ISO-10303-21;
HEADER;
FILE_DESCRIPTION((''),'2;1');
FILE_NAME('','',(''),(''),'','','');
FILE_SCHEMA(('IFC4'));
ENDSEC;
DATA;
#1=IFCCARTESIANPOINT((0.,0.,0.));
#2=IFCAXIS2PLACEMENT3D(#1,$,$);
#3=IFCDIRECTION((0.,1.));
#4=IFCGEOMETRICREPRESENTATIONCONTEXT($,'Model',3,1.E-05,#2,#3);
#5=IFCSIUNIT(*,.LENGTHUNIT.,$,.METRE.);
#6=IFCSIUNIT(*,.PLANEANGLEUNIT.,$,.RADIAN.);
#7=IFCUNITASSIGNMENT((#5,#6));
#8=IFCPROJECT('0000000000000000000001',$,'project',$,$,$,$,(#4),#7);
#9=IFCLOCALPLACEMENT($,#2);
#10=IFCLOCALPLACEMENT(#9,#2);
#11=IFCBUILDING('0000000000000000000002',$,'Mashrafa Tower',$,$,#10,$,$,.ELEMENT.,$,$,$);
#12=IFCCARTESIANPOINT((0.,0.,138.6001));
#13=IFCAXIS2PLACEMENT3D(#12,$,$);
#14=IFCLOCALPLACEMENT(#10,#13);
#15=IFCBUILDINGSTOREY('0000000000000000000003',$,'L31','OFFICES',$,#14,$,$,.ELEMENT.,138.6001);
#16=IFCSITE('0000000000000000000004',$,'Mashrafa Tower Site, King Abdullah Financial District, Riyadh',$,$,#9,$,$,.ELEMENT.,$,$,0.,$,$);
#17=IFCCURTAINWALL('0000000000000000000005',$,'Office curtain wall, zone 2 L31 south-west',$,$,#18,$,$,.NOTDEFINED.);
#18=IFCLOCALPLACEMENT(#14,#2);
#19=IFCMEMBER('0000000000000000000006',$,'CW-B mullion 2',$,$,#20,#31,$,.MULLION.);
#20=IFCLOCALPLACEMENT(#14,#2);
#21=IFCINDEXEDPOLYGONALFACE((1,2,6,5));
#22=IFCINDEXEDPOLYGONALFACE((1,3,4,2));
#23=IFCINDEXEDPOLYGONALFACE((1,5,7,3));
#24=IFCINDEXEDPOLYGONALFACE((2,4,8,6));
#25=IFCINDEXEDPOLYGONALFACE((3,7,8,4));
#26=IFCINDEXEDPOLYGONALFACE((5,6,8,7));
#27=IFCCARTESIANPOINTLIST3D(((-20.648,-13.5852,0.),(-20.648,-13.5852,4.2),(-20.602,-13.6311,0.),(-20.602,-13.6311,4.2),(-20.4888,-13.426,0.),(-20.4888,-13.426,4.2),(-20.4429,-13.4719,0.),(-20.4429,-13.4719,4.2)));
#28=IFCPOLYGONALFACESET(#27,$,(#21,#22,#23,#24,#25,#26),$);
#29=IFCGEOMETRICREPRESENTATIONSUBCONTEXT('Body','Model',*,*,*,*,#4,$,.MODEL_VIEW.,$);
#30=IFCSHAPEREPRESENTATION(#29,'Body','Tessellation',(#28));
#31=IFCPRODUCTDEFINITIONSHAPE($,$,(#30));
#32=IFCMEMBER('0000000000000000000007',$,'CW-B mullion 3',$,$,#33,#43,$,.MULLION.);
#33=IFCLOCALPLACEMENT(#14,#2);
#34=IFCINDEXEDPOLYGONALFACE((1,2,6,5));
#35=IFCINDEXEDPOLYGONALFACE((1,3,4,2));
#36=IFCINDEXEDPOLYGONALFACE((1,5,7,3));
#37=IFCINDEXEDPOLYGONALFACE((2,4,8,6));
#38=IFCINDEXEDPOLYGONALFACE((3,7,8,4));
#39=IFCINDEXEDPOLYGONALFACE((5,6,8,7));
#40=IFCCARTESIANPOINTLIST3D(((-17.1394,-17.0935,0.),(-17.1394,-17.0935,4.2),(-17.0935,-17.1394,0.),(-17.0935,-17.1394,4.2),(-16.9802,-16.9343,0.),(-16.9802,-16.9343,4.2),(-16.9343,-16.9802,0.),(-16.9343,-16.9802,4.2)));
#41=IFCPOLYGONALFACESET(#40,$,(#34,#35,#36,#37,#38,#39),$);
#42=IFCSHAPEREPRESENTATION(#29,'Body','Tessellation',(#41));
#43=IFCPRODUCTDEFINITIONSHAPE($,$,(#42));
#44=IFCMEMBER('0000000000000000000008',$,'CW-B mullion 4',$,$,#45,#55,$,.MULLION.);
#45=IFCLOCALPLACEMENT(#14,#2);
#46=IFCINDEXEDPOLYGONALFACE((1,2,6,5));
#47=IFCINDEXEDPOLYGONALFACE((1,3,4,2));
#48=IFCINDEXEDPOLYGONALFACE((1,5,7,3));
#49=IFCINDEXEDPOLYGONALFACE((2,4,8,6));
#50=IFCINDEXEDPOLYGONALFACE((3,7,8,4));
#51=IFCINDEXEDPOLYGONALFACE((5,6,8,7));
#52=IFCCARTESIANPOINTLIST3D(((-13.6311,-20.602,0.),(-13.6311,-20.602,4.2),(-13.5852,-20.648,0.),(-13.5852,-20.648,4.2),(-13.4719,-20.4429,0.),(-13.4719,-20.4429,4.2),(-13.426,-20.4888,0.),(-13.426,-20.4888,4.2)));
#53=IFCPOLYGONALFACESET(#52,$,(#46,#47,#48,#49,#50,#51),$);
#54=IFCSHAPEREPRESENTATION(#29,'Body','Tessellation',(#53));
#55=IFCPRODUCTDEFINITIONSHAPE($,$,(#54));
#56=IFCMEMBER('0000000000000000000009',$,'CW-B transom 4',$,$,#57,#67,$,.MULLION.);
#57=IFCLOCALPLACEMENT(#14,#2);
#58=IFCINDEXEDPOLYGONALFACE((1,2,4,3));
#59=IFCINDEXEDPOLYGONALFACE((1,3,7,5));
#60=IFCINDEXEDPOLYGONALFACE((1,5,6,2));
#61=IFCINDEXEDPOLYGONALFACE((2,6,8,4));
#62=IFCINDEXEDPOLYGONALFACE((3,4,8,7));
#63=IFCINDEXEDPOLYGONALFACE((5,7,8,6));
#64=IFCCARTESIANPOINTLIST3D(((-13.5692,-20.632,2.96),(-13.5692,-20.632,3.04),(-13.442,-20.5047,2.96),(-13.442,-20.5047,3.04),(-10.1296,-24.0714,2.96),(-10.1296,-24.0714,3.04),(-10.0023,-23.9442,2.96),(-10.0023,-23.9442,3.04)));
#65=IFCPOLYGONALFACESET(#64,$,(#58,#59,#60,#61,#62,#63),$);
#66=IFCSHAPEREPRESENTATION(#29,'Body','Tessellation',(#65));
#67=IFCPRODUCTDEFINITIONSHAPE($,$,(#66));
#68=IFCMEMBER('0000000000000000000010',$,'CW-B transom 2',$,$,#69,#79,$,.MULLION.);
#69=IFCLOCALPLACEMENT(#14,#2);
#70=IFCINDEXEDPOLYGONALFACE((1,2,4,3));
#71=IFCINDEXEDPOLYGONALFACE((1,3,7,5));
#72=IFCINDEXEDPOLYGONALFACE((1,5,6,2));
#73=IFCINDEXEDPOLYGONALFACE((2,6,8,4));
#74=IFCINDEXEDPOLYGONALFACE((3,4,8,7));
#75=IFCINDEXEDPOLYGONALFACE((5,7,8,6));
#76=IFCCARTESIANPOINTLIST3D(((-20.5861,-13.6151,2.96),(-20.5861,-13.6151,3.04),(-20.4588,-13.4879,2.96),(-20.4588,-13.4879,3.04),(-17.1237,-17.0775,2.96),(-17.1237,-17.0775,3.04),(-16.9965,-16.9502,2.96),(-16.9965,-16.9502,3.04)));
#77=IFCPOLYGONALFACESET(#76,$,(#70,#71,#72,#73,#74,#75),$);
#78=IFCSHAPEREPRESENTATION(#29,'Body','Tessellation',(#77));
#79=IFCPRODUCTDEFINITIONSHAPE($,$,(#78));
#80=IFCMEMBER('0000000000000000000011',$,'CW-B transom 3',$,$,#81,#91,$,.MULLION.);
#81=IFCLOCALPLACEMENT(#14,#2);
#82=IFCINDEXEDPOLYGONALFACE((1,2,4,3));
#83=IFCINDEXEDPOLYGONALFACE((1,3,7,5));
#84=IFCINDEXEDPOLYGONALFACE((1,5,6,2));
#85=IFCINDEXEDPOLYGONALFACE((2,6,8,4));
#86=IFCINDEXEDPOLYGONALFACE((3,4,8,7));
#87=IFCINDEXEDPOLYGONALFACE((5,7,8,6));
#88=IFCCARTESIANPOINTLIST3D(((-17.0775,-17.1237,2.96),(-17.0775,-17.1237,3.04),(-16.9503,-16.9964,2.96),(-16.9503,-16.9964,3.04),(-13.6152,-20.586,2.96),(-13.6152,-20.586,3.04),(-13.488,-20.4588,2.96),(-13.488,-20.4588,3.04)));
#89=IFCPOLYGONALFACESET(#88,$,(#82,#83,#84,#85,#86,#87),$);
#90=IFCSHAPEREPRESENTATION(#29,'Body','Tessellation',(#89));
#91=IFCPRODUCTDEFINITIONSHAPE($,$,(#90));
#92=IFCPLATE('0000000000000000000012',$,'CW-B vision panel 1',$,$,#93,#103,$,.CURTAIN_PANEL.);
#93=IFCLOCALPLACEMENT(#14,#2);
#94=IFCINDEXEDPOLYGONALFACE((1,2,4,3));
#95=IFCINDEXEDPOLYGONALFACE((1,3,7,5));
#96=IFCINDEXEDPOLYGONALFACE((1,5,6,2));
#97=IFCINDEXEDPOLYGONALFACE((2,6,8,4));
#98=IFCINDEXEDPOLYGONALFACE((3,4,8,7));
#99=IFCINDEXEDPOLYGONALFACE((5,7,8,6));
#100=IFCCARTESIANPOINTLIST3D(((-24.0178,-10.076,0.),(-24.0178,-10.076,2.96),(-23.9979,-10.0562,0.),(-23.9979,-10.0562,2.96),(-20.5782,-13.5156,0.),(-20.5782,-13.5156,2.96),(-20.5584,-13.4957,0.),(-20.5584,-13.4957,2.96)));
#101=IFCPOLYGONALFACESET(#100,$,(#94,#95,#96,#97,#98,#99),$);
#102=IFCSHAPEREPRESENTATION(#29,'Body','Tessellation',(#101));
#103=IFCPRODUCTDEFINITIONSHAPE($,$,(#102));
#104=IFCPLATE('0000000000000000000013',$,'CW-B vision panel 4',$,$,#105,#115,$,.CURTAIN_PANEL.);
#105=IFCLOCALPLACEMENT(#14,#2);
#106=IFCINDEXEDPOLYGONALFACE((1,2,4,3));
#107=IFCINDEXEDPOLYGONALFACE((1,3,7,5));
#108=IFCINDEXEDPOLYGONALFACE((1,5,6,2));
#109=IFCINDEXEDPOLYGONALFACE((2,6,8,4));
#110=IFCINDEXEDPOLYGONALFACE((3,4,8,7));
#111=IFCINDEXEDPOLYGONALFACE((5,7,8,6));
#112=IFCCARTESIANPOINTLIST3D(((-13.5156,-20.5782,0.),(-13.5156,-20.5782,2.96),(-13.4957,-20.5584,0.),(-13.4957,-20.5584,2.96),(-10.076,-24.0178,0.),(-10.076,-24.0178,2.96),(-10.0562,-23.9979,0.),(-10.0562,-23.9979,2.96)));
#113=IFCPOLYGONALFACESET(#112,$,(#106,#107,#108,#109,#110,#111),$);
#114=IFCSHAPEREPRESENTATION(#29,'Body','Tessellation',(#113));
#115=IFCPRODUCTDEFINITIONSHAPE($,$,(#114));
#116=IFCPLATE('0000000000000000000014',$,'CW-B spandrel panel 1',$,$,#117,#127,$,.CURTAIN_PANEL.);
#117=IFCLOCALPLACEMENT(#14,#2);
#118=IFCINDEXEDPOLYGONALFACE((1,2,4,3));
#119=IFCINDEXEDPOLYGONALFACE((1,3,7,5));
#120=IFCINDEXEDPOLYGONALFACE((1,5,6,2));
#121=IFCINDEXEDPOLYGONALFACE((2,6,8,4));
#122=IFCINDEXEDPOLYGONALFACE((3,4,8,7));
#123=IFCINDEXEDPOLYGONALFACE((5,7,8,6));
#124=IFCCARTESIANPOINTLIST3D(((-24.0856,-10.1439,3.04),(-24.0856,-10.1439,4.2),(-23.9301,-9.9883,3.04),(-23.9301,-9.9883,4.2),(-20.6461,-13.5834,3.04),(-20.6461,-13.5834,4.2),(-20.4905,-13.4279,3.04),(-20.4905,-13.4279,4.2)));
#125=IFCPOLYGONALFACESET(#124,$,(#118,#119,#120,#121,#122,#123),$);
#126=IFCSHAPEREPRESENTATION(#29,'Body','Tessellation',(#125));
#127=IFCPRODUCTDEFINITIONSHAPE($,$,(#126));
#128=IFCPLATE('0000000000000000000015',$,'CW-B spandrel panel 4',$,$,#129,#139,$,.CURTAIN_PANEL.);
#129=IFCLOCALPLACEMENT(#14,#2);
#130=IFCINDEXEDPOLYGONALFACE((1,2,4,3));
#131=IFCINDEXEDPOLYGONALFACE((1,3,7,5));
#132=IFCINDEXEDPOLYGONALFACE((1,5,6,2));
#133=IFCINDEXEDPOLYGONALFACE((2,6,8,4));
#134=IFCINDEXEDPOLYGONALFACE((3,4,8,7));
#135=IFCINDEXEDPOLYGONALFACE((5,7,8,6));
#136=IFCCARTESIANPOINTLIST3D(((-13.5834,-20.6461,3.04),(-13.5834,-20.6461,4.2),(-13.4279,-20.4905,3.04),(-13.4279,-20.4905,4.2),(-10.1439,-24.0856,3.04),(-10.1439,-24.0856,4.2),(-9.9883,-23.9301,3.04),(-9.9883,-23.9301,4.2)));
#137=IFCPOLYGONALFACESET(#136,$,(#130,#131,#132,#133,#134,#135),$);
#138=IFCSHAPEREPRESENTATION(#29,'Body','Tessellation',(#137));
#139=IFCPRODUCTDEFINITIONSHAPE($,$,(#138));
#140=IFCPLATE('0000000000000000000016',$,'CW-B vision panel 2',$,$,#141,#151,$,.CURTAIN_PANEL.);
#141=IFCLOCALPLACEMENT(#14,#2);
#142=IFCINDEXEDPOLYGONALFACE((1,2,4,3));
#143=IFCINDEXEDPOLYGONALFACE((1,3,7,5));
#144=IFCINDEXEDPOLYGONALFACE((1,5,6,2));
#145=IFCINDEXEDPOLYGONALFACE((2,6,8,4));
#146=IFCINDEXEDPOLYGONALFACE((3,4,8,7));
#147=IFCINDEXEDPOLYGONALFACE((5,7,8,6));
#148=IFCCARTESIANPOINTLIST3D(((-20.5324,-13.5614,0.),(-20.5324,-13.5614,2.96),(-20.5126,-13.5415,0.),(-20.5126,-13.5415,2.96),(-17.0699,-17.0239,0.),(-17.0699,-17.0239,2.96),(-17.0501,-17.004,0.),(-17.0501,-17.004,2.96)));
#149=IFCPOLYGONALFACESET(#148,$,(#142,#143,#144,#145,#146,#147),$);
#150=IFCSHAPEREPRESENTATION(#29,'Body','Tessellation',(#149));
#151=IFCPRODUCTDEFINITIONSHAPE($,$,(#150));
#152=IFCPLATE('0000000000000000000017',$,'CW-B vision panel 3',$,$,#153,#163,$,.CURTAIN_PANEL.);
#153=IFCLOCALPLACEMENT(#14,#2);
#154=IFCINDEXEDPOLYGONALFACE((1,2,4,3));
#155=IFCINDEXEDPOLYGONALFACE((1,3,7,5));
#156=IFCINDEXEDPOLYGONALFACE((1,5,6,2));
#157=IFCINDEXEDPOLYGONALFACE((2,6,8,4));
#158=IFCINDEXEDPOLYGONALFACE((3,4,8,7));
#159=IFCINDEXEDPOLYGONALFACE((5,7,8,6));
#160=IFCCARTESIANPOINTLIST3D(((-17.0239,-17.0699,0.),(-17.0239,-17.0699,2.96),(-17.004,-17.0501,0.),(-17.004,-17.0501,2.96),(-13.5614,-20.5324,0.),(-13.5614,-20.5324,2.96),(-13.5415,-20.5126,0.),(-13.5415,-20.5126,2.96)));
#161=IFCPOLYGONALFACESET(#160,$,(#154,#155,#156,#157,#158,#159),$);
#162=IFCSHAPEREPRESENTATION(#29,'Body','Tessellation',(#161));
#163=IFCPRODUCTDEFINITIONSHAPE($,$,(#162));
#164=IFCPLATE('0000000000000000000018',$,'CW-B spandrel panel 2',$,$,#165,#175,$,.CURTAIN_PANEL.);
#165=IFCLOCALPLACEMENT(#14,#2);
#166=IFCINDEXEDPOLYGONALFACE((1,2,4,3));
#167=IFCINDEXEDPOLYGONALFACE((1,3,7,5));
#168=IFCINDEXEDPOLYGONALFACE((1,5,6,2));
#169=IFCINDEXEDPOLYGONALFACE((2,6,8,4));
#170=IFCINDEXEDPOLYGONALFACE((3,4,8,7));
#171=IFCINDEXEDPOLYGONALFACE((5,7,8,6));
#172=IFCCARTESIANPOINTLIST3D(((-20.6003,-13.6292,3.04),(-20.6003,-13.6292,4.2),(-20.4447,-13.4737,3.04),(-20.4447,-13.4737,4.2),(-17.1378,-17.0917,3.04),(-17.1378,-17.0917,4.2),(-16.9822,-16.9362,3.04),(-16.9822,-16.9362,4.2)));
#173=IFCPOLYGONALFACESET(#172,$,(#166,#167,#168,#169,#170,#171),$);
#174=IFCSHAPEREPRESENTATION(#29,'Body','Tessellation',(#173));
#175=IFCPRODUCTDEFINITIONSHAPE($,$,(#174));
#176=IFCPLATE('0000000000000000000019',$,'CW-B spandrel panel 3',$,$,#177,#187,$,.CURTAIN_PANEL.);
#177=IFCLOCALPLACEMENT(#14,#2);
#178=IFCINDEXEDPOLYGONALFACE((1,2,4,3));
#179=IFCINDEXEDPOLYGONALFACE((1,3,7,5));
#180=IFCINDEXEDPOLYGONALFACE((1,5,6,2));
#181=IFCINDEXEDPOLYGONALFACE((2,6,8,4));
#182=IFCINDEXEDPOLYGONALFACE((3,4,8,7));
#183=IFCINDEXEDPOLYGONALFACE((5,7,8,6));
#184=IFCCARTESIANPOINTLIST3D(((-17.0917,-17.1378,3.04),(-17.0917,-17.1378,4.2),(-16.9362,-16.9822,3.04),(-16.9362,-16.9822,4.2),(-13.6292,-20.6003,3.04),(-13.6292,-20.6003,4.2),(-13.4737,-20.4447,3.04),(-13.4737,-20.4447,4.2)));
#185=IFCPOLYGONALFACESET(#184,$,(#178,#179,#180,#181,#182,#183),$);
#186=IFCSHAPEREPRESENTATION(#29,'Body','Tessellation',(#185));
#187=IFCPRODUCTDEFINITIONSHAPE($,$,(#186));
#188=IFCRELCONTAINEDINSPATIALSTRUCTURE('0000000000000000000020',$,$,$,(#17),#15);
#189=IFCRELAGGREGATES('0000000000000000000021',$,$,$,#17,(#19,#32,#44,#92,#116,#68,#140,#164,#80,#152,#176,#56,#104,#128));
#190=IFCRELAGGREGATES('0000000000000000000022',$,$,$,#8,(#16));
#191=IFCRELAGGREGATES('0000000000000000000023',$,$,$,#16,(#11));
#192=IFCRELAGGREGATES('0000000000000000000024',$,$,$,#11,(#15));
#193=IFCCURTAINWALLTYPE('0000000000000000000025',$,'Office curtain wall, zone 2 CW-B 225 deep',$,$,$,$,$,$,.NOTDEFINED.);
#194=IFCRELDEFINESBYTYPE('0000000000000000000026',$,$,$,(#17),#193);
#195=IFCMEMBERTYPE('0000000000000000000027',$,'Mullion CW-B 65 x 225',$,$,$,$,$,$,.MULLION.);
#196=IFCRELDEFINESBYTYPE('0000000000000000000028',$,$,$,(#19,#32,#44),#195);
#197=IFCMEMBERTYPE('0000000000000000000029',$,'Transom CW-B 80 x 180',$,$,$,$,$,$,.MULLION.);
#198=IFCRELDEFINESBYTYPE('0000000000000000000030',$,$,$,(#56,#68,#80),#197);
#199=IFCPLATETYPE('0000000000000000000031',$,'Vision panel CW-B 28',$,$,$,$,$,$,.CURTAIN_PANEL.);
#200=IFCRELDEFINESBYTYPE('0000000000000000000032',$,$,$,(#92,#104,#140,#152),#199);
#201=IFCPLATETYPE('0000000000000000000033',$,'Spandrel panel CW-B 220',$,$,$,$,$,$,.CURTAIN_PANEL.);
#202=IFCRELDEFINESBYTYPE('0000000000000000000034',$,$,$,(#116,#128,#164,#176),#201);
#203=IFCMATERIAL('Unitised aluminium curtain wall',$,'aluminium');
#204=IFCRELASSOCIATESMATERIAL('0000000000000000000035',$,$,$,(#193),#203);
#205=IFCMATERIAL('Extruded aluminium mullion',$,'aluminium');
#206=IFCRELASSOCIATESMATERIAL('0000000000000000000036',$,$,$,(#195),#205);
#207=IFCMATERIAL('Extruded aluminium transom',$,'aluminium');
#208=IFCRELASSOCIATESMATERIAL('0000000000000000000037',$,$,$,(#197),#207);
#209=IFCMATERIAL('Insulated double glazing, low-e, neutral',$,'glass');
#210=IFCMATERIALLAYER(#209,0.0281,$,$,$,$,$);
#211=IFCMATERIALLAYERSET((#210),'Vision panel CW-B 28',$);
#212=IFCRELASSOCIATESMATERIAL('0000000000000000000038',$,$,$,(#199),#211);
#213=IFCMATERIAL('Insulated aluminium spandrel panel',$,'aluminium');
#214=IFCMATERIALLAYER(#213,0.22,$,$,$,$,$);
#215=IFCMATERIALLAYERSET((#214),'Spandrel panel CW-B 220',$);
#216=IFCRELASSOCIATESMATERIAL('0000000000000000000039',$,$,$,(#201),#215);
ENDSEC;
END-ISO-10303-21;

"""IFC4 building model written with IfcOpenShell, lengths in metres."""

from ifc_helpers import new_model, si_unit, direction, frame, origin, origin_2d, place, context, subcontext, project, spatial, rectangle, extrude, source, transform, mapped, material, layer, layer_set, material_profile, profile_set, type_object, type_shapes, element, aggregate, save


model = new_model("IFC4")

# Units and contexts
model_context = context("Model", 3, precision=1e-05, world=origin(), true_north=direction((0.0, 1.0)))
body_context = subcontext(model_context, "Body", "Model", "MODEL_VIEW")
ifc_project = project(units=[si_unit("LENGTHUNIT", "METRE"), si_unit("PLANEANGLEUNIT", "RADIAN")], contexts=[model_context])

# Site, building, storey
site_placement = place(None, origin())
site = spatial("IfcSite", under=ifc_project, at=site_placement, Name="Mashrafa Tower Site, King Abdullah Financial District, Riyadh", CompositionType="ELEMENT", RefElevation=0.0)
building_placement = place(site_placement, origin())
building = spatial("IfcBuilding", under=site, at=building_placement, Name="Mashrafa Tower", CompositionType="ELEMENT")
storey_placement = place(building_placement, frame((0.0, 0.0, 138.6001)))
storey = spatial("IfcBuildingStorey", under=building, at=storey_placement, Name="L31", Description="OFFICES", CompositionType="ELEMENT", Elevation=138.6001)

# Curtain wall, members, plates
ifc_material_1 = material(Name="Unitised aluminium curtain wall", Category="aluminium")
curtain_wall_type = type_object("IfcCurtainWallType", Name="Office curtain wall, zone 2 CW-B 225 deep", PredefinedType="NOTDEFINED", material=ifc_material_1)
curtain_wall_placement = place(storey_placement, origin())
curtain_wall = element("IfcCurtainWall", 1, at=curtain_wall_placement, inside=storey, type_object=curtain_wall_type, Name="Office curtain wall, zone 2 L31 south-west", PredefinedType="NOTDEFINED")
ifc_material_2 = material(Name="Extruded aluminium mullion", Category="aluminium")
ifc_material_profile_1 = material_profile(ifc_material_2, rectangle(XDim=0.2251, YDim=0.0649, at=origin_2d()), Name="Mullion 65x225")
ifc_profile_set_1 = profile_set([ifc_material_profile_1], Name="Extruded aluminium mullion")
member_type_1 = type_object("IfcMemberType", Name="Mullion CW-B 65 x 225", PredefinedType="MULLION", material=ifc_profile_set_1)
shared_shape_1 = source(origin(), body_context, "Body", "SweptSolid", [
    extrude(rectangle(XDim=0.2251, YDim=0.0649, at=origin_2d()), origin(), (0.0, 0.0, 1.0), 4.2),
])
type_shapes(member_type_1, [shared_shape_1])
member_1_placement = place(storey_placement, frame((-20.5454, -13.5286, 0.0), z_axis=(0.0, 0.0, 1.0), x_axis=(0.707107, 0.707107, 0.0)))
member_1 = element("IfcMember", 2, at=member_1_placement, type_object=member_type_1, Name="CW-B mullion 2", PredefinedType="MULLION", context=body_context, shape_type="MappedRepresentation", body=[
    mapped(shared_shape_1, transform((0.0, 0.0, 0.0))),
])
member_2_placement = place(storey_placement, frame((-17.0369, -17.0369, 0.0), z_axis=(0.0, 0.0, 1.0), x_axis=(0.707107, 0.707107, 0.0)))
member_2 = element("IfcMember", 3, at=member_2_placement, type_object=member_type_1, Name="CW-B mullion 3", PredefinedType="MULLION", context=body_context, shape_type="MappedRepresentation", body=[
    mapped(shared_shape_1, transform((0.0, 0.0, 0.0))),
])
member_3_placement = place(storey_placement, frame((-13.5286, -20.5454, 0.0), z_axis=(0.0, 0.0, 1.0), x_axis=(0.707107, 0.707107, 0.0)))
member_3 = element("IfcMember", 4, at=member_3_placement, type_object=member_type_1, Name="CW-B mullion 4", PredefinedType="MULLION", context=body_context, shape_type="MappedRepresentation", body=[
    mapped(shared_shape_1, transform((0.0, 0.0, 0.0))),
])
ifc_material_3 = material(Name="Extruded aluminium transom", Category="aluminium")
ifc_material_profile_2 = material_profile(ifc_material_3, rectangle(XDim=0.1799, YDim=0.0801, at=origin_2d()), Name="Transom 80x180")
ifc_profile_set_2 = profile_set([ifc_material_profile_2], Name="Extruded aluminium transom")
member_type_2 = type_object("IfcMemberType", Name="Transom CW-B 80 x 180", PredefinedType="MULLION", material=ifc_profile_set_2)
shared_shape_2 = source(origin(), body_context, "Body", "SweptSolid", [
    extrude(rectangle(XDim=0.1799, YDim=0.0801, at=origin_2d()), origin(), (0.0, 0.0, 1.0), 4.8643),
])
member_4_placement = place(storey_placement, frame((-13.5056, -20.5684, 3.0), z_axis=(0.707132, -0.707082, 0.0), x_axis=(0.707082, 0.707132, 0.0)))
member_4 = element("IfcMember", 5, at=member_4_placement, type_object=member_type_2, Name="CW-B transom 4", PredefinedType="MULLION", context=body_context, shape_type="MappedRepresentation", body=[
    mapped(shared_shape_2, transform((0.0, 0.0, 0.0))),
])
shared_shape_3 = source(origin(), body_context, "Body", "SweptSolid", [
    extrude(rectangle(XDim=0.1799, YDim=0.0801, at=origin_2d()), origin(), (0.0, 0.0, 1.0), 4.8965),
])
type_shapes(member_type_2, [shared_shape_2, shared_shape_3])
member_5_placement = place(storey_placement, frame((-20.5225, -13.5515, 3.0), z_axis=(0.707107, -0.707107, 0.0), x_axis=(0.707107, 0.707107, 0.0)))
member_5 = element("IfcMember", 6, at=member_5_placement, type_object=member_type_2, Name="CW-B transom 2", PredefinedType="MULLION", context=body_context, shape_type="MappedRepresentation", body=[
    mapped(shared_shape_3, transform((0.0, 0.0, 0.0))),
])
member_6_placement = place(storey_placement, frame((-17.0139, -17.0601, 3.0), z_axis=(0.707107, -0.707107, 0.0), x_axis=(0.707107, 0.707107, 0.0)))
member_6 = element("IfcMember", 7, at=member_6_placement, type_object=member_type_2, Name="CW-B transom 3", PredefinedType="MULLION", context=body_context, shape_type="MappedRepresentation", body=[
    mapped(shared_shape_3, transform((0.0, 0.0, 0.0))),
])
ifc_material_4 = material(Name="Insulated double glazing, low-e, neutral", Category="glass")
ifc_layer_1 = layer(ifc_material_4, 0.0281)
ifc_layer_set_1 = layer_set([ifc_layer_1], Name="Vision panel CW-B 28")
plate_type_1 = type_object("IfcPlateType", Name="Vision panel CW-B 28", PredefinedType="CURTAIN_PANEL", material=ifc_layer_set_1)
shared_shape_4 = source(origin(), body_context, "Body", "SweptSolid", [
    extrude(rectangle(XDim=4.8643, YDim=0.0281, at=origin_2d()), origin(), (0.0, 0.0, 1.0), 2.96),
])
plate_1_placement = place(storey_placement, frame((-22.2881, -11.7859, 0.0), z_axis=(0.0, 0.0, 1.0), x_axis=(0.707107, -0.707107, 0.0)))
plate_1 = element("IfcPlate", 8, at=plate_1_placement, type_object=plate_type_1, Name="CW-B vision panel 1", PredefinedType="CURTAIN_PANEL", context=body_context, shape_type="MappedRepresentation", body=[
    mapped(shared_shape_4, transform((0.0, 0.0, 0.0))),
])
plate_2_placement = place(storey_placement, frame((-11.7859, -22.2881, 0.0), z_axis=(0.0, 0.0, 1.0), x_axis=(0.707107, -0.707107, 0.0)))
plate_2 = element("IfcPlate", 9, at=plate_2_placement, type_object=plate_type_1, Name="CW-B vision panel 4", PredefinedType="CURTAIN_PANEL", context=body_context, shape_type="MappedRepresentation", body=[
    mapped(shared_shape_4, transform((0.0, 0.0, 0.0))),
])
ifc_material_5 = material(Name="Insulated aluminium spandrel panel", Category="aluminium")
ifc_layer_2 = layer(ifc_material_5, 0.22)
ifc_layer_set_2 = layer_set([ifc_layer_2], Name="Spandrel panel CW-B 220")
plate_type_2 = type_object("IfcPlateType", Name="Spandrel panel CW-B 220", PredefinedType="CURTAIN_PANEL", material=ifc_layer_set_2)
shared_shape_5 = source(origin(), body_context, "Body", "SweptSolid", [
    extrude(rectangle(XDim=4.8643, YDim=0.22, at=origin_2d()), origin(), (0.0, 0.0, 1.0), 1.1599),
])
plate_3_placement = place(storey_placement, frame((-22.2881, -11.7859, 3.04), z_axis=(0.0, 0.0, 1.0), x_axis=(0.707107, -0.707107, 0.0)))
plate_3 = element("IfcPlate", 10, at=plate_3_placement, type_object=plate_type_2, Name="CW-B spandrel panel 1", PredefinedType="CURTAIN_PANEL", context=body_context, shape_type="MappedRepresentation", body=[
    mapped(shared_shape_5, transform((0.0, 0.0, 0.0))),
])
plate_4_placement = place(storey_placement, frame((-11.7859, -22.2881, 3.04), z_axis=(0.0, 0.0, 1.0), x_axis=(0.707107, -0.707107, 0.0)))
plate_4 = element("IfcPlate", 11, at=plate_4_placement, type_object=plate_type_2, Name="CW-B spandrel panel 4", PredefinedType="CURTAIN_PANEL", context=body_context, shape_type="MappedRepresentation", body=[
    mapped(shared_shape_5, transform((0.0, 0.0, 0.0))),
])
shared_shape_6 = source(origin(), body_context, "Body", "SweptSolid", [
    extrude(rectangle(XDim=4.8967, YDim=0.0281, at=origin_2d()), origin(), (0.0, 0.0, 1.0), 2.96),
])
type_shapes(plate_type_1, [shared_shape_4, shared_shape_6])
plate_5_placement = place(storey_placement, frame((-18.7913, -15.2827, 0.0), z_axis=(0.0, 0.0, 1.0), x_axis=(0.707107, -0.707107, 0.0)))
plate_5 = element("IfcPlate", 12, at=plate_5_placement, type_object=plate_type_1, Name="CW-B vision panel 2", PredefinedType="CURTAIN_PANEL", context=body_context, shape_type="MappedRepresentation", body=[
    mapped(shared_shape_6, transform((0.0, 0.0, 0.0))),
])
plate_6_placement = place(storey_placement, frame((-15.2827, -18.7913, 0.0), z_axis=(0.0, 0.0, 1.0), x_axis=(0.707107, -0.707107, 0.0)))
plate_6 = element("IfcPlate", 13, at=plate_6_placement, type_object=plate_type_1, Name="CW-B vision panel 3", PredefinedType="CURTAIN_PANEL", context=body_context, shape_type="MappedRepresentation", body=[
    mapped(shared_shape_6, transform((0.0, 0.0, 0.0))),
])
shared_shape_7 = source(origin(), body_context, "Body", "SweptSolid", [
    extrude(rectangle(XDim=4.8967, YDim=0.22, at=origin_2d()), origin(), (0.0, 0.0, 1.0), 1.1599),
])
type_shapes(plate_type_2, [shared_shape_5, shared_shape_7])
plate_7_placement = place(storey_placement, frame((-18.7913, -15.2827, 3.04), z_axis=(0.0, 0.0, 1.0), x_axis=(0.707107, -0.707107, 0.0)))
plate_7 = element("IfcPlate", 14, at=plate_7_placement, type_object=plate_type_2, Name="CW-B spandrel panel 2", PredefinedType="CURTAIN_PANEL", context=body_context, shape_type="MappedRepresentation", body=[
    mapped(shared_shape_7, transform((0.0, 0.0, 0.0))),
])
plate_8_placement = place(storey_placement, frame((-15.2827, -18.7913, 3.04), z_axis=(0.0, 0.0, 1.0), x_axis=(0.707107, -0.707107, 0.0)))
plate_8 = element("IfcPlate", 15, at=plate_8_placement, type_object=plate_type_2, Name="CW-B spandrel panel 3", PredefinedType="CURTAIN_PANEL", context=body_context, shape_type="MappedRepresentation", body=[
    mapped(shared_shape_7, transform((0.0, 0.0, 0.0))),
])
aggregate(curtain_wall, [member_1, member_2, member_3, plate_1, plate_3, member_5, plate_5, plate_7, member_6, plate_6, plate_8, member_4, plate_2, plate_4])

save(model, "model.ifc")
